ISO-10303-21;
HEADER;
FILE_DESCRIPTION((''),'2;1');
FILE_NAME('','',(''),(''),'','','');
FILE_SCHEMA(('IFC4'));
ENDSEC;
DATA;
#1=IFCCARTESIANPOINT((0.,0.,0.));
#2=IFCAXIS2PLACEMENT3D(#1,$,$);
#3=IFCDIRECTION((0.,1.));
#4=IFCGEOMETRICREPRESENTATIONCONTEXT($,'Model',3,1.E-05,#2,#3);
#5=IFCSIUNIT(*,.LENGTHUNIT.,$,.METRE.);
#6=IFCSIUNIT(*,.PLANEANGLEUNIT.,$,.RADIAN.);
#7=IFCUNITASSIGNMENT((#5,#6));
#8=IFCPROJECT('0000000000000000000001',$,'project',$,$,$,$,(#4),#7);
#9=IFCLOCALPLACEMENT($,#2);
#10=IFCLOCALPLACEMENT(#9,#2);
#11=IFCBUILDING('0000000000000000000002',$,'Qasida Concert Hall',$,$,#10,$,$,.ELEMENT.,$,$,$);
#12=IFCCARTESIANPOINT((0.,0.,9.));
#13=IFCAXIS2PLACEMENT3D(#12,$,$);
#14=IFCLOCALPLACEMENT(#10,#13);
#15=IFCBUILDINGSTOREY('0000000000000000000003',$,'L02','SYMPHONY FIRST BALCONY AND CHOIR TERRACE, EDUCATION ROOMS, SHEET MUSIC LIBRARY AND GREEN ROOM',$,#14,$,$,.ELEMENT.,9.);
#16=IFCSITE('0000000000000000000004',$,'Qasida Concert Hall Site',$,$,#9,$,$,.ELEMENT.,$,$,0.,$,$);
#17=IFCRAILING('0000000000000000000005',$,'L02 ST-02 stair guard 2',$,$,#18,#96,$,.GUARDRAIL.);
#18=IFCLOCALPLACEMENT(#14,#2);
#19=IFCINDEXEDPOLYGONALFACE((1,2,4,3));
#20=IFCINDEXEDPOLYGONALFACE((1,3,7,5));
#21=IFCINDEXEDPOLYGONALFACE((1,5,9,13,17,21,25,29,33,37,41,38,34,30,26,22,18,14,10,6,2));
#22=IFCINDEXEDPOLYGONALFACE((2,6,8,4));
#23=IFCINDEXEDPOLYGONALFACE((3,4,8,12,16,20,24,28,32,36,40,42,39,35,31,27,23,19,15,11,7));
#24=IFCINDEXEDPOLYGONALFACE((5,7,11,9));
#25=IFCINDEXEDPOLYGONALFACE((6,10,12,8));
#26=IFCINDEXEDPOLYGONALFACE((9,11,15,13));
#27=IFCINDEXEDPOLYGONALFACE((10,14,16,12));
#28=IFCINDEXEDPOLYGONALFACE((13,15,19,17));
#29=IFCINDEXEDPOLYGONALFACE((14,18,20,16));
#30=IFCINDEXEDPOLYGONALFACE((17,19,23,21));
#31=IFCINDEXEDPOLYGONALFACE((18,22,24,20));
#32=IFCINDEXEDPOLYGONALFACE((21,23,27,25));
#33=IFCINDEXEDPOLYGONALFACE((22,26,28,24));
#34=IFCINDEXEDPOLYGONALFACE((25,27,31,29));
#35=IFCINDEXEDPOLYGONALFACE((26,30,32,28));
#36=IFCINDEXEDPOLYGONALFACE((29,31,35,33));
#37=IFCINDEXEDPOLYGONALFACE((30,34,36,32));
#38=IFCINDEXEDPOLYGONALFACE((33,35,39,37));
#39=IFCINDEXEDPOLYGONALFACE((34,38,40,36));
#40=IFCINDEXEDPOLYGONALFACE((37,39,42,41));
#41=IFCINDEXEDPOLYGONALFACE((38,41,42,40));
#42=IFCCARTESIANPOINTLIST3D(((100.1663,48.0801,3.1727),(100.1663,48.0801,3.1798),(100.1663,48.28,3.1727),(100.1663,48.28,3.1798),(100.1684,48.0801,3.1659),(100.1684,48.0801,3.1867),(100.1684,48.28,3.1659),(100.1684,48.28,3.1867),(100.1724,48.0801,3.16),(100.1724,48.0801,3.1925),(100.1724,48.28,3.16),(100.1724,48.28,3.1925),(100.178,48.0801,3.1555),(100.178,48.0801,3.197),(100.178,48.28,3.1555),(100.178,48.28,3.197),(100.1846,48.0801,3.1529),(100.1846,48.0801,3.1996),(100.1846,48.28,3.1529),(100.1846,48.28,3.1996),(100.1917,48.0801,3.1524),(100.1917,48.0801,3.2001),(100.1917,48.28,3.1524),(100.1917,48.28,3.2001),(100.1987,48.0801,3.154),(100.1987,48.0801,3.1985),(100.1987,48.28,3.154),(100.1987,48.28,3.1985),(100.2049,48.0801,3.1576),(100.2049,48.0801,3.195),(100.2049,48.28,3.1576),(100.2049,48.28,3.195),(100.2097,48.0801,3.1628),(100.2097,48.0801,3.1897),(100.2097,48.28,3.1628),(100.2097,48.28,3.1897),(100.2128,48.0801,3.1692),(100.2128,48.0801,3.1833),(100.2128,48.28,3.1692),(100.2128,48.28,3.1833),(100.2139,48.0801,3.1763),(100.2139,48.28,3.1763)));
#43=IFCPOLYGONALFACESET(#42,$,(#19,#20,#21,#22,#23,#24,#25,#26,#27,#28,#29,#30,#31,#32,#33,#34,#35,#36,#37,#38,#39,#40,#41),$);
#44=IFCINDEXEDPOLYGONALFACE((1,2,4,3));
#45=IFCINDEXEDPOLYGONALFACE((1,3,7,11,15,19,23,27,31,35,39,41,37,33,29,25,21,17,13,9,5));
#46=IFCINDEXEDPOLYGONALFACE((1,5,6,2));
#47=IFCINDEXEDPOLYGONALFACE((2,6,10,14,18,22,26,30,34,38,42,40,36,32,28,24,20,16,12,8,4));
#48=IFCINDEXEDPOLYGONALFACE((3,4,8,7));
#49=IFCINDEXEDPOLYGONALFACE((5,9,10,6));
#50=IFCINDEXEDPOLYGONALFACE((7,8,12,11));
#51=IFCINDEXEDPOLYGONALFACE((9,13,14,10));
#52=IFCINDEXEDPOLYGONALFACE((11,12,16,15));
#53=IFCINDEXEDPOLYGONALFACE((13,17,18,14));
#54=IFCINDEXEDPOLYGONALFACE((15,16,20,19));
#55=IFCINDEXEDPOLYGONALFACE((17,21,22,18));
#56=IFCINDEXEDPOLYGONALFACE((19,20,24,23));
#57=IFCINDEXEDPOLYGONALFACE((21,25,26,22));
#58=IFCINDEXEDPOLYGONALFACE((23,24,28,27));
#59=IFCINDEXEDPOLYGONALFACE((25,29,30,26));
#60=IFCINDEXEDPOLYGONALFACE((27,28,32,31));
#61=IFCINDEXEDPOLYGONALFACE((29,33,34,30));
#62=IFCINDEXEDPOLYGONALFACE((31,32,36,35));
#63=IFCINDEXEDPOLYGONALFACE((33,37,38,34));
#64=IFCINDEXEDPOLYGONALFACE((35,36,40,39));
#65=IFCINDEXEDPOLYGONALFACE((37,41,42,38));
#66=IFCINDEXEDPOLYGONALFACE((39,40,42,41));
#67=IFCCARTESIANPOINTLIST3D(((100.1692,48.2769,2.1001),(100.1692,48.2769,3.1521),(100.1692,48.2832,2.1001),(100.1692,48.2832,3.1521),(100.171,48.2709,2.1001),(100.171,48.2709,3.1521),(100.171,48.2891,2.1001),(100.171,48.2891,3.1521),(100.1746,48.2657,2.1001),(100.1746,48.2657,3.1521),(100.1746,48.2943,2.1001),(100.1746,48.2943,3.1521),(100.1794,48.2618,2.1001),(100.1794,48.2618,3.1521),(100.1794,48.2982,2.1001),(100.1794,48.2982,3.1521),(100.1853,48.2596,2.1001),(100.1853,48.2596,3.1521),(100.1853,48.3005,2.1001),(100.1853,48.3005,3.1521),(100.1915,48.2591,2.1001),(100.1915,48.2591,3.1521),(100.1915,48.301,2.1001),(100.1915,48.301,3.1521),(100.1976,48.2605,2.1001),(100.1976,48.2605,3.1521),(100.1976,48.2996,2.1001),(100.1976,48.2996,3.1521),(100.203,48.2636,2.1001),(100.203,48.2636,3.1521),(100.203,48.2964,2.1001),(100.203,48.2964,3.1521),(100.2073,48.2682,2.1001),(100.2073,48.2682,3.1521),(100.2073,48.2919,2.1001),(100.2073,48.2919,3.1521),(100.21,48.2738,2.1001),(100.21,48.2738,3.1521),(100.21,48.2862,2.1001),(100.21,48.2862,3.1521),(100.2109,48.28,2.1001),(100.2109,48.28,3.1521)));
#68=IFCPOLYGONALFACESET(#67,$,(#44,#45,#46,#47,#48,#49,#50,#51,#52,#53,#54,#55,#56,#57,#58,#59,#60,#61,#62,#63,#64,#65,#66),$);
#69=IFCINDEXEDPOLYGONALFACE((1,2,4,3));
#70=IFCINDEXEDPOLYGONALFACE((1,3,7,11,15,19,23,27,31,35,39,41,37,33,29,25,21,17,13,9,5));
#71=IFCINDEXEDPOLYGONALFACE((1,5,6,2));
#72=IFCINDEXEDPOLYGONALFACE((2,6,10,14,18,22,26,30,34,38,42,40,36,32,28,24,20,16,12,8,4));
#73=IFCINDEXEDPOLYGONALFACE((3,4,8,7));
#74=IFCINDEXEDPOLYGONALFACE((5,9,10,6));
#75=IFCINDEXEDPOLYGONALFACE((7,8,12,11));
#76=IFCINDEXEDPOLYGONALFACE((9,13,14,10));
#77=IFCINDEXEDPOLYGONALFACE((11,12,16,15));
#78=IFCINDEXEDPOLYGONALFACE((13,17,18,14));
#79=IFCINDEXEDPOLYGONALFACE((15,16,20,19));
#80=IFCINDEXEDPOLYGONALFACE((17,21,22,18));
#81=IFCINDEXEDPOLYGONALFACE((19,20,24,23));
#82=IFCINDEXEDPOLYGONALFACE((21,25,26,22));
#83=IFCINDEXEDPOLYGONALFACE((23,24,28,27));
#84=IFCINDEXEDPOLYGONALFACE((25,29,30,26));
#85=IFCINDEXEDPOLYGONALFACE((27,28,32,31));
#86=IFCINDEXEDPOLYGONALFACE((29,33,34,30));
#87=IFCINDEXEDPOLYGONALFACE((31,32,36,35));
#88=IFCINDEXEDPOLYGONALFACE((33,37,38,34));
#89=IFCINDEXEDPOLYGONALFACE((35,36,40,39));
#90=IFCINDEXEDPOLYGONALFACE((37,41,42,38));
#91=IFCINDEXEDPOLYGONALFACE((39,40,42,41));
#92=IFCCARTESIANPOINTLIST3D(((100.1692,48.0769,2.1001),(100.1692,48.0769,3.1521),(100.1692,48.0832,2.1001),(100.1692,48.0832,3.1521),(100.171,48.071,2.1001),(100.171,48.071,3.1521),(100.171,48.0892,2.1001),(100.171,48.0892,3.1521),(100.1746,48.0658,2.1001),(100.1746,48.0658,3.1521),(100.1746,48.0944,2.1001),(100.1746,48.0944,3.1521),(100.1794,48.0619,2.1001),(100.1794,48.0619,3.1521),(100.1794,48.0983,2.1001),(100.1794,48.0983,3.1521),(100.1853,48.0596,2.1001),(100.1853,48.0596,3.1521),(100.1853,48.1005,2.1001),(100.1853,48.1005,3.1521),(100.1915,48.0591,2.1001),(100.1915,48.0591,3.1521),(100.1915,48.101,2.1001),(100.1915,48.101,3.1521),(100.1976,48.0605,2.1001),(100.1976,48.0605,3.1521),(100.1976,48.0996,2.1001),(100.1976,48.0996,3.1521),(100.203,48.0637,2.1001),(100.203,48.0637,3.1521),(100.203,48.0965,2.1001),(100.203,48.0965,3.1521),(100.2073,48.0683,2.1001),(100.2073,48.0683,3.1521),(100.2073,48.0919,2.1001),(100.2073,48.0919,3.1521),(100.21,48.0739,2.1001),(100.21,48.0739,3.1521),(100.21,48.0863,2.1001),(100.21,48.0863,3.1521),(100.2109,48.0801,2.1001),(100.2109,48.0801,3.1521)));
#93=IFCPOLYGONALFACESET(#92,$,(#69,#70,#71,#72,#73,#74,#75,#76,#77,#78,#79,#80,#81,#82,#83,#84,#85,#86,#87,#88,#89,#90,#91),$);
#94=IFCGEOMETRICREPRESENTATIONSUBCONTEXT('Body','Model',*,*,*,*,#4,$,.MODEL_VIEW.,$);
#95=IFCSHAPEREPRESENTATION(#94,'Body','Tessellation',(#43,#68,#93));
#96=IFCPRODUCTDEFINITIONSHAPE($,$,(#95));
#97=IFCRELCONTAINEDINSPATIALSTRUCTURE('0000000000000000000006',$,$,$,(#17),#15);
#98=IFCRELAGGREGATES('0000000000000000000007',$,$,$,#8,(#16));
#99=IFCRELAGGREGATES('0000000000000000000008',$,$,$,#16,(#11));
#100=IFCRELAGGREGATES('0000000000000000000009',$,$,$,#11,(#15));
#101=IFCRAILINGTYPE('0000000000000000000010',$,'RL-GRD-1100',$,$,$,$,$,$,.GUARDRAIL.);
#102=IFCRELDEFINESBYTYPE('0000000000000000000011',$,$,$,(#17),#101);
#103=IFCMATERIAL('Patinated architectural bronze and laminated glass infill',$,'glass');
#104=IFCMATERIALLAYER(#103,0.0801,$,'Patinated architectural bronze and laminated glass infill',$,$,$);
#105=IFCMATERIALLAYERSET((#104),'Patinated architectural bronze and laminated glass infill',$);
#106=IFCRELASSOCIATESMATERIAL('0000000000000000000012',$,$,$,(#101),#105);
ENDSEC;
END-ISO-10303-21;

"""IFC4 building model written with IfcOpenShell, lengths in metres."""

from ifc_helpers import new_model, si_unit, direction, frame, origin, origin_2d, place, context, subcontext, project, spatial, circle, extrude, material, layer, layer_set, type_object, element, save


model = new_model("IFC4")

# Units and contexts
model_context = context("Model", 3, precision=1e-05, world=origin(), true_north=direction((0.0, 1.0)))
body_context = subcontext(model_context, "Body", "Model", "MODEL_VIEW")
ifc_project = project(units=[si_unit("LENGTHUNIT", "METRE"), si_unit("PLANEANGLEUNIT", "RADIAN")], contexts=[model_context])

# Site, building, storey
site_placement = place(None, origin())
site = spatial("IfcSite", under=ifc_project, at=site_placement, Name="Qasida Concert Hall Site", CompositionType="ELEMENT", RefElevation=0.0)
building_placement = place(site_placement, origin())
building = spatial("IfcBuilding", under=site, at=building_placement, Name="Qasida Concert Hall", CompositionType="ELEMENT")
storey_placement = place(building_placement, frame((0.0, 0.0, 9.0)))
storey = spatial("IfcBuildingStorey", under=building, at=storey_placement, Name="L02", Description="SYMPHONY FIRST BALCONY AND CHOIR TERRACE, EDUCATION ROOMS, SHEET MUSIC LIBRARY AND GREEN ROOM", CompositionType="ELEMENT", Elevation=9.0)

# Railing
ifc_material_1 = material(Name="Patinated architectural bronze and laminated glass infill", Category="glass")
ifc_layer_1 = layer(ifc_material_1, 0.0801, Name="Patinated architectural bronze and laminated glass infill")
ifc_layer_set_1 = layer_set([ifc_layer_1], Name="Patinated architectural bronze and laminated glass infill")
railing_type_1 = type_object("IfcRailingType", Name="RL-GRD-1100", PredefinedType="GUARDRAIL", material=ifc_layer_set_1)
railing_1_placement = place(storey_placement, frame((100.1899, 48.28, 2.1001)))
element("IfcRailing", 1, at=railing_1_placement, inside=storey, type_object=railing_type_1, Name="L02 ST-02 stair guard 2", PredefinedType="GUARDRAIL", context=body_context, shape_type="SweptSolid", body=[
    extrude(circle(Radius=0.0239, at=origin_2d()), frame((0.0, 0.0, 1.0762), z_axis=(0.0, -1.0, 0.0), x_axis=(1.0, 0.0, 0.0)), (0.0, 0.0, 1.0), 0.2),
    extrude(circle(Radius=0.021, at=origin_2d()), origin(), (0.0, 0.0, 1.0), 1.052),
    extrude(circle(Radius=0.021, at=origin_2d()), frame((0.0, -0.2, 0.0)), (0.0, 0.0, 1.0), 1.052),
])

save(model, "model.ifc")
